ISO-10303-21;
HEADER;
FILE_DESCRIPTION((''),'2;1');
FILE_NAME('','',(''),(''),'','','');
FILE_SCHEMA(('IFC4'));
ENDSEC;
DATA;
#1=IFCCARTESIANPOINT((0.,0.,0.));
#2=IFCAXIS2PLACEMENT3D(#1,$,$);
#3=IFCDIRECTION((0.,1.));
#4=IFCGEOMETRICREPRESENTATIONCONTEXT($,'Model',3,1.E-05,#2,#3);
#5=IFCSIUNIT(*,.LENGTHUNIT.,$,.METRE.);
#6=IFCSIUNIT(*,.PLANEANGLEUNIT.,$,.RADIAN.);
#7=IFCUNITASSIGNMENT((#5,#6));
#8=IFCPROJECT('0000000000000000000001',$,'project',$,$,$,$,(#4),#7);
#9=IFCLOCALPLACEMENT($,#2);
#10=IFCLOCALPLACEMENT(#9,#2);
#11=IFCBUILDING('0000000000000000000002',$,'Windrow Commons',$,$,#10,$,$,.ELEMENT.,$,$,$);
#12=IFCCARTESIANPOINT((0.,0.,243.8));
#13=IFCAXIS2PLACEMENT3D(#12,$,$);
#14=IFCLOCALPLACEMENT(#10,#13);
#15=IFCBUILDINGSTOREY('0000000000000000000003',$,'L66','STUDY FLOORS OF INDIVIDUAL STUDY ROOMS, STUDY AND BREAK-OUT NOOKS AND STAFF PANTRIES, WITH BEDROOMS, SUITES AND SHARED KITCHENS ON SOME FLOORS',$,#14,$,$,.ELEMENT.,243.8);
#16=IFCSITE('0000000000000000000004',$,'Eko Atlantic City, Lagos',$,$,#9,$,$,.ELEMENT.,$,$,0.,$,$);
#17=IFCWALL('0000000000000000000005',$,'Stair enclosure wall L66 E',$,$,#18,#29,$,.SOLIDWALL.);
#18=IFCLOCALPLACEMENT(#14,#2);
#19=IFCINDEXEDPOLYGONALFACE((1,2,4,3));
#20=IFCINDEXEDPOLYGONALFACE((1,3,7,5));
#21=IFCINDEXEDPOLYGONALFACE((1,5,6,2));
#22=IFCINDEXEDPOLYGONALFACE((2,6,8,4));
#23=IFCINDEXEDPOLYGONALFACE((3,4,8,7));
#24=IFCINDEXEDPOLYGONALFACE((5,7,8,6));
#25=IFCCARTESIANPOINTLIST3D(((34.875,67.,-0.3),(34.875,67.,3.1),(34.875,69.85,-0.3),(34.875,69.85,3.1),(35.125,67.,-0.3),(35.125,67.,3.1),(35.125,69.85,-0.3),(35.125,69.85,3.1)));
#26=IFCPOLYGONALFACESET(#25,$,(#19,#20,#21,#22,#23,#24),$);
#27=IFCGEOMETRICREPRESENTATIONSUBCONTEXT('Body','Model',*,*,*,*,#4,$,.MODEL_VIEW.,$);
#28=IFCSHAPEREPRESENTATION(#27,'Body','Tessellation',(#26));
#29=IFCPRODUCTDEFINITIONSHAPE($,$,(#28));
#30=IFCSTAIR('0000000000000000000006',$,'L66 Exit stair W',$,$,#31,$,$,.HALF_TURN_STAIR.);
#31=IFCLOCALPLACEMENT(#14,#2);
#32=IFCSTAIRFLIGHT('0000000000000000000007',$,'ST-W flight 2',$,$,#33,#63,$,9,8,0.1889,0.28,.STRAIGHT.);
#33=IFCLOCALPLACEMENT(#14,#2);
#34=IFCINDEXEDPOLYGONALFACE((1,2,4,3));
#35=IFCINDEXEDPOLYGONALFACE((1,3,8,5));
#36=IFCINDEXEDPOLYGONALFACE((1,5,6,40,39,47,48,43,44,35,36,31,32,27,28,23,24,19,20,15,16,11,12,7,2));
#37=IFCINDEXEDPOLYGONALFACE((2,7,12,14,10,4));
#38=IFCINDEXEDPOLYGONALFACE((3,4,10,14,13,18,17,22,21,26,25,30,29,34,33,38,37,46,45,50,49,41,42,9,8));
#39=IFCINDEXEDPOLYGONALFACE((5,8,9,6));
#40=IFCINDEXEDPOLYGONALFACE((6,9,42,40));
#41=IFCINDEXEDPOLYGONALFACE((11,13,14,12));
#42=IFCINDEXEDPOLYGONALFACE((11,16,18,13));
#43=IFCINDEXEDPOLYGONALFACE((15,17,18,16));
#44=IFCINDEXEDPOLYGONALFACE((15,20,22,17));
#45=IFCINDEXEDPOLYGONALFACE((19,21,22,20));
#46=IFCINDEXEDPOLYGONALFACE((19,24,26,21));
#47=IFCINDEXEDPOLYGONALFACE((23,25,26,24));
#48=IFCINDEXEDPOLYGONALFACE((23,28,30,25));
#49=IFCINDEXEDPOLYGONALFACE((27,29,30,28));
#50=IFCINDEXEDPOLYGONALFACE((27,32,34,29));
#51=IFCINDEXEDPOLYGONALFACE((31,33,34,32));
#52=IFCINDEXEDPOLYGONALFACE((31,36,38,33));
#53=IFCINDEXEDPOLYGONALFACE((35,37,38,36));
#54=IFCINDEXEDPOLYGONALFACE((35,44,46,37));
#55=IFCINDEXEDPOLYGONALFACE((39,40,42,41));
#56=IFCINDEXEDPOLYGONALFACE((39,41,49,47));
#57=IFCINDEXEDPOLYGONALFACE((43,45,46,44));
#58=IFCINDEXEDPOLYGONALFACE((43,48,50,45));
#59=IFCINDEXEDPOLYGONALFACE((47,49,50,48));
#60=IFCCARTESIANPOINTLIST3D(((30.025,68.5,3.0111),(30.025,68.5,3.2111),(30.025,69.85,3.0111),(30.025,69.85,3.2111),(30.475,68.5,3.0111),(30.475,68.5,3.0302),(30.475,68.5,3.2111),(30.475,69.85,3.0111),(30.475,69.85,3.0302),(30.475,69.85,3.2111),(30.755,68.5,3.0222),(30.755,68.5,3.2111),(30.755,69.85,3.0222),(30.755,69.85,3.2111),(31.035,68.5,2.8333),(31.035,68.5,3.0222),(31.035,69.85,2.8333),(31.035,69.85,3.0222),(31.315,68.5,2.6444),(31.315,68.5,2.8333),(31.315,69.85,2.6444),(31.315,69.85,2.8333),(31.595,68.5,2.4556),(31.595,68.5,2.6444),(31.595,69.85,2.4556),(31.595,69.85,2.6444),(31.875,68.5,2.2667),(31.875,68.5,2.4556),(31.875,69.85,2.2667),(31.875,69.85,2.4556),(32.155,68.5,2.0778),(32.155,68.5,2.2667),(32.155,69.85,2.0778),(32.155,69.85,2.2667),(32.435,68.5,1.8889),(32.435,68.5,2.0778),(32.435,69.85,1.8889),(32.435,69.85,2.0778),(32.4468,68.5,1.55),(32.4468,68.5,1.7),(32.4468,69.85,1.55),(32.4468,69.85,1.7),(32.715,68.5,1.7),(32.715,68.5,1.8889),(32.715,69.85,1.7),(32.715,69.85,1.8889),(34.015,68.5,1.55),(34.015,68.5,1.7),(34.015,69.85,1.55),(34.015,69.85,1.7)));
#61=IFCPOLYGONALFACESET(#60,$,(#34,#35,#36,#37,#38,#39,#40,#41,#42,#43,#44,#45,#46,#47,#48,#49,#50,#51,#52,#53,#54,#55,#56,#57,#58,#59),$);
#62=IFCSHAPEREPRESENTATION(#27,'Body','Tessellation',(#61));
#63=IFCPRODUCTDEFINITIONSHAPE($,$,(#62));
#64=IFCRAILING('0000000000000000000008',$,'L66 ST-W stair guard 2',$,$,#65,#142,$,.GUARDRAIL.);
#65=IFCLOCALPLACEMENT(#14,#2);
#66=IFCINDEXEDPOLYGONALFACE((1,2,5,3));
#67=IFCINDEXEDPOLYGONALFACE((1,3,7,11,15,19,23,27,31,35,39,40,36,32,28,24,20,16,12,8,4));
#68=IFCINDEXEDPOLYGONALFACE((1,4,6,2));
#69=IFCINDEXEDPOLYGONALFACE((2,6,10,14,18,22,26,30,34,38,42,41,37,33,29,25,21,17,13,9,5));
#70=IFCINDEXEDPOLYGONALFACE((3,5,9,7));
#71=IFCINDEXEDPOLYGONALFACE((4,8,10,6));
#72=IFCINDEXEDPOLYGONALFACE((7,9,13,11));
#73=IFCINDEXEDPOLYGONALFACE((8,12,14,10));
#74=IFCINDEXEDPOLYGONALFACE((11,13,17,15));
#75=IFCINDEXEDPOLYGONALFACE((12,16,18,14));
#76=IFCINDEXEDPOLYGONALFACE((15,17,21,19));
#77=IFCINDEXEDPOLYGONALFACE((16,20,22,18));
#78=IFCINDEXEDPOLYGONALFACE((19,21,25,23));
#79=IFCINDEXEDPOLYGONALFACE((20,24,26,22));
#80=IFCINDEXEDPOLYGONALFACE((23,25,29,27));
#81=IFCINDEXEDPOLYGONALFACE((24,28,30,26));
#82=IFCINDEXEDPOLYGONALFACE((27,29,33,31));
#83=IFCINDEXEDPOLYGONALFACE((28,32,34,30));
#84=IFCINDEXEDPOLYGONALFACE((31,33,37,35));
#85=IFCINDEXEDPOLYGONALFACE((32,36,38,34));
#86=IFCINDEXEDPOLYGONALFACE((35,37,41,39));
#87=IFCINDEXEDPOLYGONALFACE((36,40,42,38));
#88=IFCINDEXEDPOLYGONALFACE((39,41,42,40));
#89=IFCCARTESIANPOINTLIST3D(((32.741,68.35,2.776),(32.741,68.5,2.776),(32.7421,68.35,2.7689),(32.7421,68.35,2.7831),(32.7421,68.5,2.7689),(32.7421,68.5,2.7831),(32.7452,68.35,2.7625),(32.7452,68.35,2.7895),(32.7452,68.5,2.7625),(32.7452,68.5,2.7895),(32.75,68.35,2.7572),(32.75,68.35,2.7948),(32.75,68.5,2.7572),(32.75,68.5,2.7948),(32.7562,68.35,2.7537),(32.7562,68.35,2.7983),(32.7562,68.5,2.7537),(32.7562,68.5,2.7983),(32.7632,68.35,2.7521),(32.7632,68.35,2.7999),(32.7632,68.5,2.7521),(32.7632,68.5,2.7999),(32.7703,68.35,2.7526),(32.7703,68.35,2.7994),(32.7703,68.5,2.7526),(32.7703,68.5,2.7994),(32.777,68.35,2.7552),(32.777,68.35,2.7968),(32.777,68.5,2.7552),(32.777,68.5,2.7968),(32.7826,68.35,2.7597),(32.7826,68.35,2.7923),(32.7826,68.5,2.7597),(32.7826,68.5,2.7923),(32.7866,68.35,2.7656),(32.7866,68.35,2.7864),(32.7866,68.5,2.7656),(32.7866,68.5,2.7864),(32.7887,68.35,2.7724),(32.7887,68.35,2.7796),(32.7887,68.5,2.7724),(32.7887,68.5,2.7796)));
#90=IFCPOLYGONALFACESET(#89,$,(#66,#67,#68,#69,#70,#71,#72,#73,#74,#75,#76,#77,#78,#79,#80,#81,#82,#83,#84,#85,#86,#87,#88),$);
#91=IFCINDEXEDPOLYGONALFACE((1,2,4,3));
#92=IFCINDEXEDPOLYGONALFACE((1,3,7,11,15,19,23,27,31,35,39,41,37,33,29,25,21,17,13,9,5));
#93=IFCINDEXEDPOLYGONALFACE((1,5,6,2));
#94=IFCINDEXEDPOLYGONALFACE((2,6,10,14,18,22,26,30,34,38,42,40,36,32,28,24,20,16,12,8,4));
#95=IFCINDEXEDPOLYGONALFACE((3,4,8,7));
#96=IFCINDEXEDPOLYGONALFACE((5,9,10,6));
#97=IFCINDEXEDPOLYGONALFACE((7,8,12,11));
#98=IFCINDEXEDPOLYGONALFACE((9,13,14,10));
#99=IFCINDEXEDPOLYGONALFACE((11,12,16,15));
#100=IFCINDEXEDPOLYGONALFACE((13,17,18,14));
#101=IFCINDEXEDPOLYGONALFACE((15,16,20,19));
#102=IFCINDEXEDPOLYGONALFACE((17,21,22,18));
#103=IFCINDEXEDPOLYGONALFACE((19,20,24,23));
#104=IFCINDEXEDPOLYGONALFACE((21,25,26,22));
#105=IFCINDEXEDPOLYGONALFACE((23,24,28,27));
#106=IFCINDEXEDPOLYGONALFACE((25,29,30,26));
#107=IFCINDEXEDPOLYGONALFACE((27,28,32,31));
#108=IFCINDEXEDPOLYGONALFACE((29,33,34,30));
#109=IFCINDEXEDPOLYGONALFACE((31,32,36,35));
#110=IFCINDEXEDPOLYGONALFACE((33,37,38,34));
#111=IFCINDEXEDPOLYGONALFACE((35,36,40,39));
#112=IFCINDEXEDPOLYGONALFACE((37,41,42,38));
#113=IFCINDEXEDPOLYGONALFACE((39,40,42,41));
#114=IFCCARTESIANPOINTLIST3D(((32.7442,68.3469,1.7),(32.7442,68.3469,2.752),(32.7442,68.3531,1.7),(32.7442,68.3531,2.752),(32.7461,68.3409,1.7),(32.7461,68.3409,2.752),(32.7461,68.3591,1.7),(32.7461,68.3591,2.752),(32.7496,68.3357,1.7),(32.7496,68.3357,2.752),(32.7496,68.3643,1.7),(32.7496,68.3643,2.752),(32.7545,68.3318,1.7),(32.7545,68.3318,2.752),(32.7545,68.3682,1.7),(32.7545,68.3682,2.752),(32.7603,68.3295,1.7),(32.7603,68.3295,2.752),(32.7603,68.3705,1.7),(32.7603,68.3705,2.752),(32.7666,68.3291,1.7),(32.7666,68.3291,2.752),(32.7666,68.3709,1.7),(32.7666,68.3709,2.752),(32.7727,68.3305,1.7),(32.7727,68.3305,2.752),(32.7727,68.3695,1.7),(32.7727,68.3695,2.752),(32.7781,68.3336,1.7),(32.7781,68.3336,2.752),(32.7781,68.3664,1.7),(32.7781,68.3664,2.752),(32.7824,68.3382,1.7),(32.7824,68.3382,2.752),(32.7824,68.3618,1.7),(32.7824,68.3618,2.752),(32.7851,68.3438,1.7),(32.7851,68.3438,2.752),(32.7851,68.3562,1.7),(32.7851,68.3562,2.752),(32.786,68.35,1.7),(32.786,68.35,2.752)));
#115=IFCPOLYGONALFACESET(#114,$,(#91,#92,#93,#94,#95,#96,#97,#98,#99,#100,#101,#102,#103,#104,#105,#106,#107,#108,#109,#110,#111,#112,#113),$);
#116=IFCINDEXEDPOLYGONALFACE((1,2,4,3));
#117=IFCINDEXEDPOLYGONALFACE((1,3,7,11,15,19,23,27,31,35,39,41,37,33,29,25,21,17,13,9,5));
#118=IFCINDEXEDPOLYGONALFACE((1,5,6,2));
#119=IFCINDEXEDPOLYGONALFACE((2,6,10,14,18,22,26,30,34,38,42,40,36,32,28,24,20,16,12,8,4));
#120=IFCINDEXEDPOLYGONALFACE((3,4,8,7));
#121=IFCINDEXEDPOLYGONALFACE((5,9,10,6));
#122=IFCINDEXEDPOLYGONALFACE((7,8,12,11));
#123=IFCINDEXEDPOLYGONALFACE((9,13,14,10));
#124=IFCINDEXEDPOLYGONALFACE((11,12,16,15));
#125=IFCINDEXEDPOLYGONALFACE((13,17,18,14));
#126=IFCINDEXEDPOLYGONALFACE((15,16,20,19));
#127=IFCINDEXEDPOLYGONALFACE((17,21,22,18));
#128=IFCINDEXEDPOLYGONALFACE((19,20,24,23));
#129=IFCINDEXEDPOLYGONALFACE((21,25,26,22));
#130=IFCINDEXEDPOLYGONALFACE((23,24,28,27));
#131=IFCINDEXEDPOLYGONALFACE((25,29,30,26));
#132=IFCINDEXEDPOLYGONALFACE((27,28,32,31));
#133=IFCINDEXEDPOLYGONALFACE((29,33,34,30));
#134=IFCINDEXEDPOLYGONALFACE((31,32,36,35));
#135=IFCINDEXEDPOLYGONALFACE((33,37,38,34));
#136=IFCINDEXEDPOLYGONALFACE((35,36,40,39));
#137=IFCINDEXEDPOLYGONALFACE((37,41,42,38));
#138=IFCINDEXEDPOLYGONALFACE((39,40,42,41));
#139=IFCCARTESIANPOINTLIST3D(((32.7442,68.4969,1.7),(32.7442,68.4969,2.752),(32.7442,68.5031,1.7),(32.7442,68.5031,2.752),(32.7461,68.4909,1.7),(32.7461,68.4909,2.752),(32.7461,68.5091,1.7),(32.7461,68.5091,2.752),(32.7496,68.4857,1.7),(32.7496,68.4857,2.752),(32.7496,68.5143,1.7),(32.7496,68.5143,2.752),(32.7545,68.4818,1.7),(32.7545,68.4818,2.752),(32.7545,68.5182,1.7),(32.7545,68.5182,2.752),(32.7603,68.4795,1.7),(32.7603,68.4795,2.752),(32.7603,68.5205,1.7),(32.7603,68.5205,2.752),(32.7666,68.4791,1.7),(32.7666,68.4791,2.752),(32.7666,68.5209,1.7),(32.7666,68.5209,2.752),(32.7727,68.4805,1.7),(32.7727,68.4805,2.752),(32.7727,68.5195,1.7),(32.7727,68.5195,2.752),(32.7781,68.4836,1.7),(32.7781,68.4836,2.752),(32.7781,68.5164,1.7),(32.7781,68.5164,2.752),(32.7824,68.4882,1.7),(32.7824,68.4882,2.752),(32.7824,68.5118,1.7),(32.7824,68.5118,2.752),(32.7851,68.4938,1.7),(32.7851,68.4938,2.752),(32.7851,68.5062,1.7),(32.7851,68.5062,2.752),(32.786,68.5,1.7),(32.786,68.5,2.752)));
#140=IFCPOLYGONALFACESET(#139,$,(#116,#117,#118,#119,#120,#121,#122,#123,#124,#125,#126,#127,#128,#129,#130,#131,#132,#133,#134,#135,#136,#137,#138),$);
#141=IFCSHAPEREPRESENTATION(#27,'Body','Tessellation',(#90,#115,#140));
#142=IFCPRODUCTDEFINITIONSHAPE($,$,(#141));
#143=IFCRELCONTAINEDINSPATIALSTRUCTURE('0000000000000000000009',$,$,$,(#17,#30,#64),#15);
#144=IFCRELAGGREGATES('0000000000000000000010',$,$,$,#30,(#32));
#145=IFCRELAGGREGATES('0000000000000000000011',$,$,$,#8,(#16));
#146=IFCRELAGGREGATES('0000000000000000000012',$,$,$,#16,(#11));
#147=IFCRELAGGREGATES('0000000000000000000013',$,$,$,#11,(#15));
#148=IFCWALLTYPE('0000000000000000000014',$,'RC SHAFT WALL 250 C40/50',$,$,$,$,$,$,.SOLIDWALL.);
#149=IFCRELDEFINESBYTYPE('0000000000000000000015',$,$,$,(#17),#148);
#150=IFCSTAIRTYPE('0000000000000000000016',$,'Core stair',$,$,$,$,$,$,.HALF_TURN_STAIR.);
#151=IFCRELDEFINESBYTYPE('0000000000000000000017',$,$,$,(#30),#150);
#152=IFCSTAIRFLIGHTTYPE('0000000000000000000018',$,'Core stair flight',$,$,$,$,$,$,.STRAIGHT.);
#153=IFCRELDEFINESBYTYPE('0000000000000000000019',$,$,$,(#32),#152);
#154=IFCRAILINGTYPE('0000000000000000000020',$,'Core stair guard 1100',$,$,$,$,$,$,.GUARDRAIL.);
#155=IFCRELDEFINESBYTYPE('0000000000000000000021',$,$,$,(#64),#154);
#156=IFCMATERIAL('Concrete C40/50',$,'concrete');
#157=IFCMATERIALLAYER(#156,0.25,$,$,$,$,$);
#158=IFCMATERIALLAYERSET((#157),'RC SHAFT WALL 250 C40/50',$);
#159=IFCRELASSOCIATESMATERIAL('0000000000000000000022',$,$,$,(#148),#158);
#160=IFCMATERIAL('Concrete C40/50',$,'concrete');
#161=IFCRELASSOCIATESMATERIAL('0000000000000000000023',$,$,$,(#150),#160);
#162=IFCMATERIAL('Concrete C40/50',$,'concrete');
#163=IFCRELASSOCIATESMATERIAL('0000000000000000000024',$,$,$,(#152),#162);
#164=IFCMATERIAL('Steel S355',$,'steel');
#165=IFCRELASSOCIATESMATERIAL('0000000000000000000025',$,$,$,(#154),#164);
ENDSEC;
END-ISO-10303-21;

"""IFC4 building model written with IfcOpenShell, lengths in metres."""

from ifc_helpers import new_model, si_unit, direction, frame, frame_2d, origin, origin_2d, place, context, subcontext, project, spatial, polyline, rectangle, circle, outline, extrude, material, layer, layer_set, type_object, element, aggregate, save


model = new_model("IFC4")

# Units and contexts
model_context = context("Model", 3, precision=1e-05, world=origin(), true_north=direction((0.0, 1.0)))
body_context = subcontext(model_context, "Body", "Model", "MODEL_VIEW")
ifc_project = project(units=[si_unit("LENGTHUNIT", "METRE"), si_unit("PLANEANGLEUNIT", "RADIAN")], contexts=[model_context])

# Site, building, storey
site_placement = place(None, origin())
site = spatial("IfcSite", under=ifc_project, at=site_placement, Name="Eko Atlantic City, Lagos", CompositionType="ELEMENT", RefElevation=0.0)
building_placement = place(site_placement, origin())
building = spatial("IfcBuilding", under=site, at=building_placement, Name="Windrow Commons", CompositionType="ELEMENT")
storey_placement = place(building_placement, frame((0.0, 0.0, 243.8)))
storey = spatial("IfcBuildingStorey", under=building, at=storey_placement, Name="L66", Description="STUDY FLOORS OF INDIVIDUAL STUDY ROOMS, STUDY AND BREAK-OUT NOOKS AND STAFF PANTRIES, WITH BEDROOMS, SUITES AND SHARED KITCHENS ON SOME FLOORS", CompositionType="ELEMENT", Elevation=243.8)

# Wall
ifc_material_1 = material(Name="Concrete C40/50", Category="concrete")
ifc_layer_1 = layer(ifc_material_1, 0.25)
ifc_layer_set_1 = layer_set([ifc_layer_1], Name="RC SHAFT WALL 250 C40/50")
wall_type_1 = type_object("IfcWallType", Name="RC SHAFT WALL 250 C40/50", PredefinedType="SOLIDWALL", material=ifc_layer_set_1)
wall_1_placement = place(storey_placement, frame((35.0, 67.0, -0.3), z_axis=(0.0, 0.0, 1.0), x_axis=(0.0, 1.0, 0.0)))
element("IfcWall", 1, at=wall_1_placement, inside=storey, type_object=wall_type_1, Name="Stair enclosure wall L66 E", PredefinedType="SOLIDWALL", context=body_context, shape_type="SweptSolid", body=[
    extrude(rectangle(XDim=2.85, YDim=0.25, at=frame_2d((1.425, 0.0))), origin(), (0.0, 0.0, 1.0), 3.4),
])

# Stair, stair flight
ifc_material_2 = material(Name="Concrete C40/50", Category="concrete")
stair_type = type_object("IfcStairType", Name="Core stair", PredefinedType="HALF_TURN_STAIR", material=ifc_material_2)
stair_placement = place(storey_placement, origin())
stair = element("IfcStair", 2, at=stair_placement, inside=storey, type_object=stair_type, Name="L66 Exit stair W", PredefinedType="HALF_TURN_STAIR")
ifc_material_3 = material(Name="Concrete C40/50", Category="concrete")
stair_flight_type = type_object("IfcStairFlightType", Name="Core stair flight", PredefinedType="STRAIGHT", material=ifc_material_3)
stair_flight_placement = place(storey_placement, frame((32.715, 69.175, 1.7), z_axis=(0.0, 0.0, 1.0), x_axis=(-1.0, 0.0, 0.0)))
stair_flight = element("IfcStairFlight", 3, at=stair_flight_placement, type_object=stair_flight_type, Name="ST-W flight 2", NumberOfRisers=9, NumberOfTreads=8, PredefinedType="STRAIGHT", RiserHeight=0.1889, TreadLength=0.28, context=body_context, shape_type="SweptSolid", body=[
    extrude(outline(polyline([(-1.3, -0.15), (-1.3, 0.0), (0.0, 0.0), (0.0, 0.1889), (0.28, 0.1889), (0.28, 0.3778), (0.56, 0.3778), (0.56, 0.5667), (0.84, 0.5667), (0.84, 0.7556), (1.12, 0.7556), (1.12, 0.9444), (1.4, 0.9444), (1.4, 1.1333), (1.68, 1.1333), (1.68, 1.3222), (1.96, 1.3222), (1.96, 1.5111), (2.24, 1.5111), (2.69, 1.5111), (2.69, 1.3111), (2.24, 1.3111), (2.24, 1.3302), (0.2682, 0.0), (0.2682, -0.15), (-1.3, -0.15)])), frame((0.0, 0.675, 0.0), z_axis=(0.0, -1.0, 0.0), x_axis=(1.0, 0.0, 0.0)), (0.0, 0.0, 1.0), 1.35),
])
aggregate(stair, [stair_flight])

# Railing
ifc_material_4 = material(Name="Steel S355", Category="steel")
railing_type_1 = type_object("IfcRailingType", Name="Core stair guard 1100", PredefinedType="GUARDRAIL", material=ifc_material_4)
railing_1_placement = place(storey_placement, frame((32.765, 68.35, 1.7)))
element("IfcRailing", 4, at=railing_1_placement, inside=storey, type_object=railing_type_1, Name="L66 ST-W stair guard 2", PredefinedType="GUARDRAIL", context=body_context, shape_type="SweptSolid", body=[
    extrude(circle(Radius=0.024, at=origin_2d()), frame((0.0, 0.0, 1.076), z_axis=(0.0, 1.0, 0.0), x_axis=(-1.0, 0.0, 0.0)), (0.0, 0.0, 1.0), 0.15),
    extrude(circle(Radius=0.021, at=origin_2d()), origin(), (0.0, 0.0, 1.0), 1.052),
    extrude(circle(Radius=0.021, at=origin_2d()), frame((0.0, 0.15, 0.0)), (0.0, 0.0, 1.0), 1.052),
])

save(model, "model.ifc")
